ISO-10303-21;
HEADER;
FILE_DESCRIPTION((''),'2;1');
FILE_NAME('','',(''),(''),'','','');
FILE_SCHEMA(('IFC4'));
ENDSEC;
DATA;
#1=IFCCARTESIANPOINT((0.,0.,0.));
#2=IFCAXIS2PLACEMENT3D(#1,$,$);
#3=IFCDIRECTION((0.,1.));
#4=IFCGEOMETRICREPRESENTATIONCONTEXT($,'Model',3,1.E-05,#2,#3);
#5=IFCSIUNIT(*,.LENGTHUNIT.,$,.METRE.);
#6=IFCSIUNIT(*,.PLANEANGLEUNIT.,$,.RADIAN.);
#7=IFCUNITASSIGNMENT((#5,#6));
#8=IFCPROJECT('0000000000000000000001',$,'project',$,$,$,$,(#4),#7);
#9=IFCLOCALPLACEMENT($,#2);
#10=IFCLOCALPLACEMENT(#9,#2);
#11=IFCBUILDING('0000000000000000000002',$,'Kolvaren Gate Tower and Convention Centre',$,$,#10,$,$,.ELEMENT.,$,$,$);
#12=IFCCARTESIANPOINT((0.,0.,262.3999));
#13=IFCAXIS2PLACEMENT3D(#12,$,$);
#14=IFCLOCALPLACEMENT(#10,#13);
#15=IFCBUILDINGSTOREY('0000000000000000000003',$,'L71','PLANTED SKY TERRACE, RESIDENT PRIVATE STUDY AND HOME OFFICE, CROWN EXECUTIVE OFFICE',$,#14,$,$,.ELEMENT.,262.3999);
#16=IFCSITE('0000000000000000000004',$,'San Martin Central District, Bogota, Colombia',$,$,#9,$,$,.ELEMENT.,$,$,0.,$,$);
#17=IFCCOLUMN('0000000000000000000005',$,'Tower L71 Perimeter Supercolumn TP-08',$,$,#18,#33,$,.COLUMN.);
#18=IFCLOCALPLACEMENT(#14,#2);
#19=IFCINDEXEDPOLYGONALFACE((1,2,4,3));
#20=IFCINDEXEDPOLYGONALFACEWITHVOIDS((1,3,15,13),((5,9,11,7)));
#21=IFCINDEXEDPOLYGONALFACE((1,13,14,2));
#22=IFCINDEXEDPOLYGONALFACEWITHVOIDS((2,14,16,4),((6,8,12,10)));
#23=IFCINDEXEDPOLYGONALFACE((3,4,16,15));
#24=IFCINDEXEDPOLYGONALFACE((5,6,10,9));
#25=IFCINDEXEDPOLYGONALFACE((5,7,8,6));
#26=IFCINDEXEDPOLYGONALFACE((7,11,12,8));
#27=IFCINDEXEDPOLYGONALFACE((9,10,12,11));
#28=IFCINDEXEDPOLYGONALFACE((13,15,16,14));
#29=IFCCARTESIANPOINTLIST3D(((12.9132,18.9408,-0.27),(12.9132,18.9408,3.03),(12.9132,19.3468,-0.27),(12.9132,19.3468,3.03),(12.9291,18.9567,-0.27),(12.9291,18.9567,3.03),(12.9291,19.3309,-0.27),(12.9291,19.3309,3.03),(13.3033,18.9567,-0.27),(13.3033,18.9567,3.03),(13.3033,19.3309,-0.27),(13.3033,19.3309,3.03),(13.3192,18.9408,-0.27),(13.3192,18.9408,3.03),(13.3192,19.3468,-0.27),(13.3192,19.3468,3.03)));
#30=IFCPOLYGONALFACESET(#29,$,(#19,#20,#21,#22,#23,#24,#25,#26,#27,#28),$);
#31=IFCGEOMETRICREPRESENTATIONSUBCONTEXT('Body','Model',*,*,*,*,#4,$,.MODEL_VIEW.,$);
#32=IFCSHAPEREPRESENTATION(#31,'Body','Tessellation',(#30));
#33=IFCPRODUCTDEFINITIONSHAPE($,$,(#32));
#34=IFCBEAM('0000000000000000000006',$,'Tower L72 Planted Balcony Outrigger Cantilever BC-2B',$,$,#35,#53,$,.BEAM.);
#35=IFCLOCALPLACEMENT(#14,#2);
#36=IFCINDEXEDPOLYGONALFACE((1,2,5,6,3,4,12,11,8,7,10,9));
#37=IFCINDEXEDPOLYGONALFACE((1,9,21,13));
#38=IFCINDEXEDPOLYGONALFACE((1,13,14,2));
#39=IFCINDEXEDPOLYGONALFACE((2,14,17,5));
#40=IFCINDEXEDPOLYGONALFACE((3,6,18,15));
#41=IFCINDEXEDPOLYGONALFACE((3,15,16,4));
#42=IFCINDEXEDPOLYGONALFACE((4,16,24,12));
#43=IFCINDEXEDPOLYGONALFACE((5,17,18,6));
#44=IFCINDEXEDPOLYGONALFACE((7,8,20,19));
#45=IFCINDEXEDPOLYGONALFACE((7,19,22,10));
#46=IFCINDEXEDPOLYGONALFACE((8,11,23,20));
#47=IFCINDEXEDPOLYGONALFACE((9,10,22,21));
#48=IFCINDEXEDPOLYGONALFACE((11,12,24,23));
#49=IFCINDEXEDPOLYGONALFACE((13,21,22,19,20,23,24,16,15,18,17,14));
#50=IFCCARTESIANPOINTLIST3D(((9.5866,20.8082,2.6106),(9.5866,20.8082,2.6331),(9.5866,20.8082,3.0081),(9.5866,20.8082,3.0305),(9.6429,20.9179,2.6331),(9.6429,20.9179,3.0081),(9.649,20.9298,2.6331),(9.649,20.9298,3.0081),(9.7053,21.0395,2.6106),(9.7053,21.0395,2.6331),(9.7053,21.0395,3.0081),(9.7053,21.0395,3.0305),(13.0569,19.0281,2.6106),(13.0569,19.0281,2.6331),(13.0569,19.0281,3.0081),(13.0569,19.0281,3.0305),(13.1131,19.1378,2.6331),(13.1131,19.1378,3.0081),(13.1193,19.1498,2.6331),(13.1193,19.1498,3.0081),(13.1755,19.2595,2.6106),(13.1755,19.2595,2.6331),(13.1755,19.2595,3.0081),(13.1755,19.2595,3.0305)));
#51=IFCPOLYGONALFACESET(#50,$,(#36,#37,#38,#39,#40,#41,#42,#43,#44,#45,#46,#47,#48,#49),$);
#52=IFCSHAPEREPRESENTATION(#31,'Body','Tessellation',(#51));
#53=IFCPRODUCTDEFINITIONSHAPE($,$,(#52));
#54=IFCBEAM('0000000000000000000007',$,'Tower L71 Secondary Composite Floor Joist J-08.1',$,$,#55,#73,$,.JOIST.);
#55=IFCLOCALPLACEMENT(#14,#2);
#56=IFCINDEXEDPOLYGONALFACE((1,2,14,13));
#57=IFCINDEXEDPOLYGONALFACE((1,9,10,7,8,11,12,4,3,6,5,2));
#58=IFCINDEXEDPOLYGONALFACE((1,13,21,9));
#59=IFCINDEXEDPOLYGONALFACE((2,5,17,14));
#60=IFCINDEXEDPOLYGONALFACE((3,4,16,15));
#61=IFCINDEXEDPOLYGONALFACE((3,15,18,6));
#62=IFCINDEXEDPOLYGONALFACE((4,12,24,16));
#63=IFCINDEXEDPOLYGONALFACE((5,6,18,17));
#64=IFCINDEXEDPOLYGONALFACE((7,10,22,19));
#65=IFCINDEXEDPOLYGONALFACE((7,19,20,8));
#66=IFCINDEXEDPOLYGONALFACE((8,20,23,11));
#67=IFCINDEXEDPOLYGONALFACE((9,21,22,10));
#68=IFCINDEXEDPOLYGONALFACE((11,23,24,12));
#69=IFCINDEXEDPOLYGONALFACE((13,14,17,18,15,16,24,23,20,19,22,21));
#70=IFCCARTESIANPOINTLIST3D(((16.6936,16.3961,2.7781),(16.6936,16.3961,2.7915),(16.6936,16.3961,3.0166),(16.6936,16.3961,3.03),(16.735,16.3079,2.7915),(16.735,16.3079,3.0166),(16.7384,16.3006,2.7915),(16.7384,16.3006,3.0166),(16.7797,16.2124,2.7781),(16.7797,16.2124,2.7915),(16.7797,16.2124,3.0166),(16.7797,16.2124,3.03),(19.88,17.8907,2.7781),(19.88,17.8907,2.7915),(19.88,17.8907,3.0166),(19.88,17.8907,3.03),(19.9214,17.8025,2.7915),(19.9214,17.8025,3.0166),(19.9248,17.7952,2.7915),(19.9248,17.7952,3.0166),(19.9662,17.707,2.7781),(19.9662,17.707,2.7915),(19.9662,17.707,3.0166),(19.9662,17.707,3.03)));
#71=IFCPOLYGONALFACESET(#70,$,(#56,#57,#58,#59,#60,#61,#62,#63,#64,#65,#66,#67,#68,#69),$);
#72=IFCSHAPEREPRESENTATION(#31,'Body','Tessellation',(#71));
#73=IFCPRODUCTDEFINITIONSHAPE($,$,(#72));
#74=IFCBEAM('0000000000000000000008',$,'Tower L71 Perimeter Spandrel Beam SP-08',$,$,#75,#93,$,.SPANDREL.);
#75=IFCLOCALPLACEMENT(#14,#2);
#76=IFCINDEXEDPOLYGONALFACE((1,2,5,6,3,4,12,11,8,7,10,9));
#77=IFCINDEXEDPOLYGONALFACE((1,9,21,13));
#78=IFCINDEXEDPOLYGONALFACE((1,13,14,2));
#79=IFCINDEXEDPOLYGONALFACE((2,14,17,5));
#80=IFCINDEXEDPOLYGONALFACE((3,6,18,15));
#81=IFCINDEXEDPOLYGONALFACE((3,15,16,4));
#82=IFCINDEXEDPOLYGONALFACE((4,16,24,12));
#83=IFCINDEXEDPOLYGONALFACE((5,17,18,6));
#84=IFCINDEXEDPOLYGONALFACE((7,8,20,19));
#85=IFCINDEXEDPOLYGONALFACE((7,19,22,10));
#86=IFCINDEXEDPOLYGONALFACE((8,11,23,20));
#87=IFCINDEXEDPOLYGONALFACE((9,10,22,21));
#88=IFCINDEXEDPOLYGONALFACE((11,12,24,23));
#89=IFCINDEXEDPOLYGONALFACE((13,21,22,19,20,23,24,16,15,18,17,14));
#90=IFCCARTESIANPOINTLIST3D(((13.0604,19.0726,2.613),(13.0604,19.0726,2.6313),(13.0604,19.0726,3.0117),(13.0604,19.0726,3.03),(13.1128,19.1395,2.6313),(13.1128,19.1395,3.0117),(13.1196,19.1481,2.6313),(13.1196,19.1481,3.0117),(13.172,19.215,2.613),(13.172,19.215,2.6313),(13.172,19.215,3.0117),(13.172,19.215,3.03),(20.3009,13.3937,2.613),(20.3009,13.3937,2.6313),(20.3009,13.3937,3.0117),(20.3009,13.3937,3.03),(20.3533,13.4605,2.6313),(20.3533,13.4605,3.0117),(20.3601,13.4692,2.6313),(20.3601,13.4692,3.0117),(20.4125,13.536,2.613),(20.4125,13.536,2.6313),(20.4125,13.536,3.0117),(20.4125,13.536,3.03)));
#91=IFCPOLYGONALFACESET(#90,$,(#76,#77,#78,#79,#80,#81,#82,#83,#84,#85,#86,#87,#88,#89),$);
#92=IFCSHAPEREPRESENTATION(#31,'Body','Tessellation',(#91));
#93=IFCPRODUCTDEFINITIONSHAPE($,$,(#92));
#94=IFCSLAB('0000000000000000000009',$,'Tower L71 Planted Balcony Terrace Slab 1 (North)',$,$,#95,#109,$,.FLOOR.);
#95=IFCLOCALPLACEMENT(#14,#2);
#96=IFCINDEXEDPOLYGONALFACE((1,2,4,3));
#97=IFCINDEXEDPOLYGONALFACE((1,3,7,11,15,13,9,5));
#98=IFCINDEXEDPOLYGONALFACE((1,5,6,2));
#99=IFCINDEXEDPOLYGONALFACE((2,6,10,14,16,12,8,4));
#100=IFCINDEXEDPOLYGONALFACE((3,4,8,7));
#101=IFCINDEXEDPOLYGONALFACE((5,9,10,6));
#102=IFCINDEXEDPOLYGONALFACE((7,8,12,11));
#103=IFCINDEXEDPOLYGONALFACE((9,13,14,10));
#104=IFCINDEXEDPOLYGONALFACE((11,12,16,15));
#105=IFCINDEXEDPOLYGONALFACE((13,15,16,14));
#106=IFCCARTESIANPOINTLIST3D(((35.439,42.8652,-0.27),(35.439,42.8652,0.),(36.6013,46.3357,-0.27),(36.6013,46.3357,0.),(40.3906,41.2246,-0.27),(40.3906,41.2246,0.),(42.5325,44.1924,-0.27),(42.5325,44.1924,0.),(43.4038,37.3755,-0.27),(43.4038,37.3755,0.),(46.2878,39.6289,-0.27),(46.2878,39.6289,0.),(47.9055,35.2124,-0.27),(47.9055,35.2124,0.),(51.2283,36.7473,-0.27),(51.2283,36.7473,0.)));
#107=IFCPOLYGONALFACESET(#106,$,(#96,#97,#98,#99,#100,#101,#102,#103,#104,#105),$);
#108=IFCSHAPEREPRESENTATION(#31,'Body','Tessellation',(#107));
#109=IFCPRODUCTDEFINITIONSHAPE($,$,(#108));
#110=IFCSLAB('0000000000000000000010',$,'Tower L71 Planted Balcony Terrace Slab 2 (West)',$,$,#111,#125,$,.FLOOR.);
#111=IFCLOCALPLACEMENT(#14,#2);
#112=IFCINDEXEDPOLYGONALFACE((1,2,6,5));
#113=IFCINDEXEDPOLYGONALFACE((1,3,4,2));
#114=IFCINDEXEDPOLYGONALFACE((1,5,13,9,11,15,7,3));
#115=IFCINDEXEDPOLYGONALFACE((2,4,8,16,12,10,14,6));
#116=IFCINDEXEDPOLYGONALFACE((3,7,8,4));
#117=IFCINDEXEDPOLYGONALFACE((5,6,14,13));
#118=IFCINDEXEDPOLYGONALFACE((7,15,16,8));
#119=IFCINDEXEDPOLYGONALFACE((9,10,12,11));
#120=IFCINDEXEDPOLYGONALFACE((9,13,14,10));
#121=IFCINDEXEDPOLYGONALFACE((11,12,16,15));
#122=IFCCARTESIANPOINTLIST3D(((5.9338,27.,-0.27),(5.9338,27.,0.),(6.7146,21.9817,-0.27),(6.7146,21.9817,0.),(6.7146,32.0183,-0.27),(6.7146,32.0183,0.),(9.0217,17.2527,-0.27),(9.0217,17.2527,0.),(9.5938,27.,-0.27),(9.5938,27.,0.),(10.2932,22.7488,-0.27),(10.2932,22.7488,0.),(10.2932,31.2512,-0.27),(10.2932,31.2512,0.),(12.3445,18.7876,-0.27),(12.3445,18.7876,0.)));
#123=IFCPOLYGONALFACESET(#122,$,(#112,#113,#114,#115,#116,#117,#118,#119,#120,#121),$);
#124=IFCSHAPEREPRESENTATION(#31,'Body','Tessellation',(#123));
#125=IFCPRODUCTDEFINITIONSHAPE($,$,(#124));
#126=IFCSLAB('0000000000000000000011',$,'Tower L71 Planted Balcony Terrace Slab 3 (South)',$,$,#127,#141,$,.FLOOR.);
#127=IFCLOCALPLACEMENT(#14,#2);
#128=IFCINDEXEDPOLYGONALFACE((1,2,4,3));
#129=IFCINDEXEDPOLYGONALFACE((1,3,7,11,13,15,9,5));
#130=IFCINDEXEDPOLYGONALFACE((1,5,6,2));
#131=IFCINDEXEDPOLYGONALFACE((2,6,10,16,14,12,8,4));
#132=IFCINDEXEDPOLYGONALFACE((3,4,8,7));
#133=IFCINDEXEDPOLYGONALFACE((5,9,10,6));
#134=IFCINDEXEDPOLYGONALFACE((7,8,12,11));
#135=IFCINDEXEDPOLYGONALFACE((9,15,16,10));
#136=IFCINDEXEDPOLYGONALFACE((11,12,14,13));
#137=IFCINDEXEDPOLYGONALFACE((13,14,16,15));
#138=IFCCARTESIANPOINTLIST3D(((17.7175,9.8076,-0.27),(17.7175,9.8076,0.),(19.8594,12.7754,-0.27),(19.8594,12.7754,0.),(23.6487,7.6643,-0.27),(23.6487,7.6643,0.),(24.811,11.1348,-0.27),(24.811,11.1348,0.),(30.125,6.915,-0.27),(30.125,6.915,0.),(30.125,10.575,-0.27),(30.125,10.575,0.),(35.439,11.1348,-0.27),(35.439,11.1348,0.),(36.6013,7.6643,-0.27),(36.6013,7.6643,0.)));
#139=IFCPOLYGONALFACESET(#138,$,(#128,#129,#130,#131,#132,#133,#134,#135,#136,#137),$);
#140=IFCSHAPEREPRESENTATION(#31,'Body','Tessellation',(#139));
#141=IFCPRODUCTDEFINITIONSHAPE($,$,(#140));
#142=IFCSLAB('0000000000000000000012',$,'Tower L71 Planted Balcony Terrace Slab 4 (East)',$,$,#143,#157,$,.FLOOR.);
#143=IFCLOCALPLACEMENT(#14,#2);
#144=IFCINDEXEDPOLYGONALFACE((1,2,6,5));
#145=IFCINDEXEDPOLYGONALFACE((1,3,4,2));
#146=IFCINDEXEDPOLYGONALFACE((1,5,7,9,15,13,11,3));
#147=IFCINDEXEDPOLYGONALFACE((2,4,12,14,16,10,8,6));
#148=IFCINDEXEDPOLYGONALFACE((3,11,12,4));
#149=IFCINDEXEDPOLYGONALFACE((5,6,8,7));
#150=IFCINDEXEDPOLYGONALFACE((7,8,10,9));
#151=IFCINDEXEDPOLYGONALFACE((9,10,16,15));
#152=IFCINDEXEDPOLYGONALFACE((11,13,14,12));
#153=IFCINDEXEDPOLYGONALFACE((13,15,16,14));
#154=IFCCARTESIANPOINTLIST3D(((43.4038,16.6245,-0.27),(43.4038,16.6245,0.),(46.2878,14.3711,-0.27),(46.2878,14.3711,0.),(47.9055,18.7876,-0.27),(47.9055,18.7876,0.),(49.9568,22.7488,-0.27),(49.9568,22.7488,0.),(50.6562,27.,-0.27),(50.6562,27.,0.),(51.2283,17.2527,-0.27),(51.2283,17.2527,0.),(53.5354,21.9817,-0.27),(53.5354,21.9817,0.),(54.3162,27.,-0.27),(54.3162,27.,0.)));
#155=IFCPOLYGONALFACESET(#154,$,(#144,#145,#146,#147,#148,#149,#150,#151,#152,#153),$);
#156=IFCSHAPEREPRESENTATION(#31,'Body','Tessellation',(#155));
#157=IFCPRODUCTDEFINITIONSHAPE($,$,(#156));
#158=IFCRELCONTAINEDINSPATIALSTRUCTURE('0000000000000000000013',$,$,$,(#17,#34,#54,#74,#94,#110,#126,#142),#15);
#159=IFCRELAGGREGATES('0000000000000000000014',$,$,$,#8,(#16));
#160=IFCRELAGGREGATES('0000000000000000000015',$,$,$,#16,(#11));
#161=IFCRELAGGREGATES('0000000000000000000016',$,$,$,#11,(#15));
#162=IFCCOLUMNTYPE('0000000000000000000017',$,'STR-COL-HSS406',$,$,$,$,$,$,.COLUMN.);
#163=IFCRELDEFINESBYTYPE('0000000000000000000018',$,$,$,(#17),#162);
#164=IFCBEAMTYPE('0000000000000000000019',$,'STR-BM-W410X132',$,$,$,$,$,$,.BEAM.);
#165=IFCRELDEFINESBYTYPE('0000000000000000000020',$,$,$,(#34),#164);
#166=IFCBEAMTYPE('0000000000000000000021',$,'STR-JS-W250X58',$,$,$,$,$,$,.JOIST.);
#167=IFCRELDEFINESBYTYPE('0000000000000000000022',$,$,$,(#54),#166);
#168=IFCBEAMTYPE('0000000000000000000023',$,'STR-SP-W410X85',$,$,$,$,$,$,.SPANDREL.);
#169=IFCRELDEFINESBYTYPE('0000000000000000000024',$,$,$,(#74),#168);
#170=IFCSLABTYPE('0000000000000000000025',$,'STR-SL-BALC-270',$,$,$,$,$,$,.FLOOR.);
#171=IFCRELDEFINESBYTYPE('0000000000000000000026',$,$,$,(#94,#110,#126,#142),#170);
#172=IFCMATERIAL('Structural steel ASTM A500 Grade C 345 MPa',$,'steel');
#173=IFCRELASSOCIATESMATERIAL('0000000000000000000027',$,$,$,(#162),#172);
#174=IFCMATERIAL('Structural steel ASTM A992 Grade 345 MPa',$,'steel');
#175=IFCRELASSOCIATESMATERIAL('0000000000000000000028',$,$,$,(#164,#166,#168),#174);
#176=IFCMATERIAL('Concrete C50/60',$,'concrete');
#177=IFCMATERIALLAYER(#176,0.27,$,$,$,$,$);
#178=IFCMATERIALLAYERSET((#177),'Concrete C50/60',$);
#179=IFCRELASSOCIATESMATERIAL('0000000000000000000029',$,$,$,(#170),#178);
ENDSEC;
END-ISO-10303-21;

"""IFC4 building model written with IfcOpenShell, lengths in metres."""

from ifc_helpers import new_model, si_unit, direction, frame, origin, origin_2d, place, context, subcontext, project, spatial, polyline, hollow_rectangle, i_section, outline, extrude, material, layer, layer_set, material_profile, profile_set, type_object, element, save


model = new_model("IFC4")

# Units and contexts
model_context = context("Model", 3, precision=1e-05, world=origin(), true_north=direction((0.0, 1.0)))
body_context = subcontext(model_context, "Body", "Model", "MODEL_VIEW")
ifc_project = project(units=[si_unit("LENGTHUNIT", "METRE"), si_unit("PLANEANGLEUNIT", "RADIAN")], contexts=[model_context])

# Site, building, storey
site_placement = place(None, origin())
site = spatial("IfcSite", under=ifc_project, at=site_placement, Name="San Martin Central District, Bogota, Colombia", CompositionType="ELEMENT", RefElevation=0.0)
building_placement = place(site_placement, origin())
building = spatial("IfcBuilding", under=site, at=building_placement, Name="Kolvaren Gate Tower and Convention Centre", CompositionType="ELEMENT")
storey_placement = place(building_placement, frame((0.0, 0.0, 262.3999)))
storey = spatial("IfcBuildingStorey", under=building, at=storey_placement, Name="L71", Description="PLANTED SKY TERRACE, RESIDENT PRIVATE STUDY AND HOME OFFICE, CROWN EXECUTIVE OFFICE", CompositionType="ELEMENT", Elevation=262.3999)

# Column
ifc_material_1 = material(Name="Structural steel ASTM A500 Grade C 345 MPa", Category="steel")
ifc_material_profile_1 = material_profile(ifc_material_1, hollow_rectangle(XDim=0.406, YDim=0.406, WallThickness=0.0159, at=origin_2d()), Name="HSS406X406X15.9")
ifc_profile_set_1 = profile_set([ifc_material_profile_1], Name="Structural steel ASTM A500 Grade C 345 MPa")
column_type = type_object("IfcColumnType", Name="STR-COL-HSS406", PredefinedType="COLUMN", material=ifc_profile_set_1)
column_placement = place(storey_placement, frame((13.1162, 19.1438, -0.27), z_axis=(0.0, 0.0, 1.0), x_axis=(1.0, 0.0, 0.0)))
element("IfcColumn", 1, at=column_placement, inside=storey, type_object=column_type, Name="Tower L71 Perimeter Supercolumn TP-08", PredefinedType="COLUMN", context=body_context, shape_type="SweptSolid", body=[
    extrude(hollow_rectangle(XDim=0.406, YDim=0.406, WallThickness=0.0159, at=origin_2d()), origin(), (0.0, 0.0, 1.0), 3.3),
])

# Beams
ifc_material_2 = material(Name="Structural steel ASTM A992 Grade 345 MPa", Category="steel")
ifc_material_profile_2 = material_profile(ifc_material_2, i_section(OverallWidth=0.26, OverallDepth=0.4199, WebThickness=0.0134, FlangeThickness=0.0225, at=origin_2d()), Name="W410X132")
ifc_profile_set_2 = profile_set([ifc_material_profile_2], Name="Structural steel ASTM A992 Grade 345 MPa")
beam_type_1 = type_object("IfcBeamType", Name="STR-BM-W410X132", PredefinedType="BEAM", material=ifc_profile_set_2)
beam_1_placement = place(storey_placement, frame((13.1162, 19.1438, 2.8206), z_axis=(-0.889772, 0.456404, 0.0), x_axis=(-0.456404, -0.889772, 0.0)))
element("IfcBeam", 2, at=beam_1_placement, inside=storey, type_object=beam_type_1, Name="Tower L72 Planted Balcony Outrigger Cantilever BC-2B", PredefinedType="BEAM", context=body_context, shape_type="SweptSolid", body=[
    extrude(i_section(OverallWidth=0.26, OverallDepth=0.4199, WebThickness=0.0134, FlangeThickness=0.0225, at=origin_2d()), origin(), (0.0, 0.0, 1.0), 3.9001),
])
ifc_material_profile_3 = material_profile(ifc_material_2, i_section(OverallWidth=0.2029, OverallDepth=0.252, WebThickness=0.0081, FlangeThickness=0.0134, at=origin_2d()), Name="W250X58")
ifc_profile_set_3 = profile_set([ifc_material_profile_3], Name="Structural steel ASTM A992 Grade 345 MPa")
beam_type_2 = type_object("IfcBeamType", Name="STR-JS-W250X58", PredefinedType="JOIST", material=ifc_profile_set_3)
beam_2_placement = place(storey_placement, frame((19.9231, 17.7988, 2.9041), z_axis=(-0.905356, -0.424654, 0.0), x_axis=(0.424654, -0.905356, 0.0)))
element("IfcBeam", 3, at=beam_2_placement, inside=storey, type_object=beam_type_2, Name="Tower L71 Secondary Composite Floor Joist J-08.1", PredefinedType="JOIST", context=body_context, shape_type="SweptSolid", body=[
    extrude(i_section(OverallWidth=0.2029, OverallDepth=0.252, WebThickness=0.0081, FlangeThickness=0.0134, at=origin_2d()), origin(), (0.0, 0.0, 1.0), 3.5195),
])
ifc_material_profile_4 = material_profile(ifc_material_2, i_section(OverallWidth=0.1809, OverallDepth=0.417, WebThickness=0.011, FlangeThickness=0.0183, at=origin_2d()), Name="W410X85")
ifc_profile_set_4 = profile_set([ifc_material_profile_4], Name="Structural steel ASTM A992 Grade 345 MPa")
beam_type_3 = type_object("IfcBeamType", Name="STR-SP-W410X85", PredefinedType="SPANDREL", material=ifc_profile_set_4)
beam_3_placement = place(storey_placement, frame((13.1162, 19.1438, 2.8215), z_axis=(0.786846, -0.61715, 0.0), x_axis=(0.61715, 0.786846, 0.0)))
element("IfcBeam", 4, at=beam_3_placement, inside=storey, type_object=beam_type_3, Name="Tower L71 Perimeter Spandrel Beam SP-08", PredefinedType="SPANDREL", context=body_context, shape_type="SweptSolid", body=[
    extrude(i_section(OverallWidth=0.1809, OverallDepth=0.417, WebThickness=0.011, FlangeThickness=0.0183, at=origin_2d()), origin(), (0.0, 0.0, 1.0), 9.2019),
])

# Slabs
ifc_material_3 = material(Name="Concrete C50/60", Category="concrete")
ifc_layer_1 = layer(ifc_material_3, 0.27)
ifc_layer_set_1 = layer_set([ifc_layer_1], Name="Concrete C50/60")
slab_type_1 = type_object("IfcSlabType", Name="STR-SL-BALC-270", PredefinedType="FLOOR", material=ifc_layer_set_1)
slab_1_placement = place(storey_placement, frame((0.0, 0.0, -0.27)))
element("IfcSlab", 5, at=slab_1_placement, inside=storey, type_object=slab_type_1, Name="Tower L71 Planted Balcony Terrace Slab 1 (North)", PredefinedType="FLOOR", context=body_context, shape_type="SweptSolid", body=[
    extrude(outline(polyline([(47.9055, 35.2124), (43.4038, 37.3755), (40.3906, 41.2246), (35.439, 42.8652), (36.6013, 46.3357), (42.5325, 44.1924), (46.2878, 39.6289), (51.2283, 36.7473), (47.9055, 35.2124)])), origin(), (0.0, 0.0, 1.0), 0.27),
])
slab_2_placement = place(storey_placement, frame((0.0, 0.0, -0.27)))
element("IfcSlab", 6, at=slab_2_placement, inside=storey, type_object=slab_type_1, Name="Tower L71 Planted Balcony Terrace Slab 2 (West)", PredefinedType="FLOOR", context=body_context, shape_type="SweptSolid", body=[
    extrude(outline(polyline([(10.2932, 31.2512), (9.5938, 27.0), (10.2932, 22.7488), (12.3445, 18.7876), (9.0217, 17.2527), (6.7146, 21.9817), (5.9338, 27.0), (6.7146, 32.0183), (10.2932, 31.2512)])), origin(), (0.0, 0.0, 1.0), 0.27),
])
slab_3_placement = place(storey_placement, frame((0.0, 0.0, -0.27)))
element("IfcSlab", 7, at=slab_3_placement, inside=storey, type_object=slab_type_1, Name="Tower L71 Planted Balcony Terrace Slab 3 (South)", PredefinedType="FLOOR", context=body_context, shape_type="SweptSolid", body=[
    extrude(outline(polyline([(19.8594, 12.7754), (24.811, 11.1348), (30.125, 10.575), (35.439, 11.1348), (36.6013, 7.6643), (30.125, 6.915), (23.6487, 7.6643), (17.7175, 9.8076), (19.8594, 12.7754)])), origin(), (0.0, 0.0, 1.0), 0.27),
])
slab_4_placement = place(storey_placement, frame((0.0, 0.0, -0.27)))
element("IfcSlab", 8, at=slab_4_placement, inside=storey, type_object=slab_type_1, Name="Tower L71 Planted Balcony Terrace Slab 4 (East)", PredefinedType="FLOOR", context=body_context, shape_type="SweptSolid", body=[
    extrude(outline(polyline([(43.4038, 16.6245), (47.9055, 18.7876), (49.9568, 22.7488), (50.6562, 27.0), (54.3162, 27.0), (53.5354, 21.9817), (51.2283, 17.2527), (46.2878, 14.3711), (43.4038, 16.6245)])), origin(), (0.0, 0.0, 1.0), 0.27),
])

save(model, "model.ifc")
